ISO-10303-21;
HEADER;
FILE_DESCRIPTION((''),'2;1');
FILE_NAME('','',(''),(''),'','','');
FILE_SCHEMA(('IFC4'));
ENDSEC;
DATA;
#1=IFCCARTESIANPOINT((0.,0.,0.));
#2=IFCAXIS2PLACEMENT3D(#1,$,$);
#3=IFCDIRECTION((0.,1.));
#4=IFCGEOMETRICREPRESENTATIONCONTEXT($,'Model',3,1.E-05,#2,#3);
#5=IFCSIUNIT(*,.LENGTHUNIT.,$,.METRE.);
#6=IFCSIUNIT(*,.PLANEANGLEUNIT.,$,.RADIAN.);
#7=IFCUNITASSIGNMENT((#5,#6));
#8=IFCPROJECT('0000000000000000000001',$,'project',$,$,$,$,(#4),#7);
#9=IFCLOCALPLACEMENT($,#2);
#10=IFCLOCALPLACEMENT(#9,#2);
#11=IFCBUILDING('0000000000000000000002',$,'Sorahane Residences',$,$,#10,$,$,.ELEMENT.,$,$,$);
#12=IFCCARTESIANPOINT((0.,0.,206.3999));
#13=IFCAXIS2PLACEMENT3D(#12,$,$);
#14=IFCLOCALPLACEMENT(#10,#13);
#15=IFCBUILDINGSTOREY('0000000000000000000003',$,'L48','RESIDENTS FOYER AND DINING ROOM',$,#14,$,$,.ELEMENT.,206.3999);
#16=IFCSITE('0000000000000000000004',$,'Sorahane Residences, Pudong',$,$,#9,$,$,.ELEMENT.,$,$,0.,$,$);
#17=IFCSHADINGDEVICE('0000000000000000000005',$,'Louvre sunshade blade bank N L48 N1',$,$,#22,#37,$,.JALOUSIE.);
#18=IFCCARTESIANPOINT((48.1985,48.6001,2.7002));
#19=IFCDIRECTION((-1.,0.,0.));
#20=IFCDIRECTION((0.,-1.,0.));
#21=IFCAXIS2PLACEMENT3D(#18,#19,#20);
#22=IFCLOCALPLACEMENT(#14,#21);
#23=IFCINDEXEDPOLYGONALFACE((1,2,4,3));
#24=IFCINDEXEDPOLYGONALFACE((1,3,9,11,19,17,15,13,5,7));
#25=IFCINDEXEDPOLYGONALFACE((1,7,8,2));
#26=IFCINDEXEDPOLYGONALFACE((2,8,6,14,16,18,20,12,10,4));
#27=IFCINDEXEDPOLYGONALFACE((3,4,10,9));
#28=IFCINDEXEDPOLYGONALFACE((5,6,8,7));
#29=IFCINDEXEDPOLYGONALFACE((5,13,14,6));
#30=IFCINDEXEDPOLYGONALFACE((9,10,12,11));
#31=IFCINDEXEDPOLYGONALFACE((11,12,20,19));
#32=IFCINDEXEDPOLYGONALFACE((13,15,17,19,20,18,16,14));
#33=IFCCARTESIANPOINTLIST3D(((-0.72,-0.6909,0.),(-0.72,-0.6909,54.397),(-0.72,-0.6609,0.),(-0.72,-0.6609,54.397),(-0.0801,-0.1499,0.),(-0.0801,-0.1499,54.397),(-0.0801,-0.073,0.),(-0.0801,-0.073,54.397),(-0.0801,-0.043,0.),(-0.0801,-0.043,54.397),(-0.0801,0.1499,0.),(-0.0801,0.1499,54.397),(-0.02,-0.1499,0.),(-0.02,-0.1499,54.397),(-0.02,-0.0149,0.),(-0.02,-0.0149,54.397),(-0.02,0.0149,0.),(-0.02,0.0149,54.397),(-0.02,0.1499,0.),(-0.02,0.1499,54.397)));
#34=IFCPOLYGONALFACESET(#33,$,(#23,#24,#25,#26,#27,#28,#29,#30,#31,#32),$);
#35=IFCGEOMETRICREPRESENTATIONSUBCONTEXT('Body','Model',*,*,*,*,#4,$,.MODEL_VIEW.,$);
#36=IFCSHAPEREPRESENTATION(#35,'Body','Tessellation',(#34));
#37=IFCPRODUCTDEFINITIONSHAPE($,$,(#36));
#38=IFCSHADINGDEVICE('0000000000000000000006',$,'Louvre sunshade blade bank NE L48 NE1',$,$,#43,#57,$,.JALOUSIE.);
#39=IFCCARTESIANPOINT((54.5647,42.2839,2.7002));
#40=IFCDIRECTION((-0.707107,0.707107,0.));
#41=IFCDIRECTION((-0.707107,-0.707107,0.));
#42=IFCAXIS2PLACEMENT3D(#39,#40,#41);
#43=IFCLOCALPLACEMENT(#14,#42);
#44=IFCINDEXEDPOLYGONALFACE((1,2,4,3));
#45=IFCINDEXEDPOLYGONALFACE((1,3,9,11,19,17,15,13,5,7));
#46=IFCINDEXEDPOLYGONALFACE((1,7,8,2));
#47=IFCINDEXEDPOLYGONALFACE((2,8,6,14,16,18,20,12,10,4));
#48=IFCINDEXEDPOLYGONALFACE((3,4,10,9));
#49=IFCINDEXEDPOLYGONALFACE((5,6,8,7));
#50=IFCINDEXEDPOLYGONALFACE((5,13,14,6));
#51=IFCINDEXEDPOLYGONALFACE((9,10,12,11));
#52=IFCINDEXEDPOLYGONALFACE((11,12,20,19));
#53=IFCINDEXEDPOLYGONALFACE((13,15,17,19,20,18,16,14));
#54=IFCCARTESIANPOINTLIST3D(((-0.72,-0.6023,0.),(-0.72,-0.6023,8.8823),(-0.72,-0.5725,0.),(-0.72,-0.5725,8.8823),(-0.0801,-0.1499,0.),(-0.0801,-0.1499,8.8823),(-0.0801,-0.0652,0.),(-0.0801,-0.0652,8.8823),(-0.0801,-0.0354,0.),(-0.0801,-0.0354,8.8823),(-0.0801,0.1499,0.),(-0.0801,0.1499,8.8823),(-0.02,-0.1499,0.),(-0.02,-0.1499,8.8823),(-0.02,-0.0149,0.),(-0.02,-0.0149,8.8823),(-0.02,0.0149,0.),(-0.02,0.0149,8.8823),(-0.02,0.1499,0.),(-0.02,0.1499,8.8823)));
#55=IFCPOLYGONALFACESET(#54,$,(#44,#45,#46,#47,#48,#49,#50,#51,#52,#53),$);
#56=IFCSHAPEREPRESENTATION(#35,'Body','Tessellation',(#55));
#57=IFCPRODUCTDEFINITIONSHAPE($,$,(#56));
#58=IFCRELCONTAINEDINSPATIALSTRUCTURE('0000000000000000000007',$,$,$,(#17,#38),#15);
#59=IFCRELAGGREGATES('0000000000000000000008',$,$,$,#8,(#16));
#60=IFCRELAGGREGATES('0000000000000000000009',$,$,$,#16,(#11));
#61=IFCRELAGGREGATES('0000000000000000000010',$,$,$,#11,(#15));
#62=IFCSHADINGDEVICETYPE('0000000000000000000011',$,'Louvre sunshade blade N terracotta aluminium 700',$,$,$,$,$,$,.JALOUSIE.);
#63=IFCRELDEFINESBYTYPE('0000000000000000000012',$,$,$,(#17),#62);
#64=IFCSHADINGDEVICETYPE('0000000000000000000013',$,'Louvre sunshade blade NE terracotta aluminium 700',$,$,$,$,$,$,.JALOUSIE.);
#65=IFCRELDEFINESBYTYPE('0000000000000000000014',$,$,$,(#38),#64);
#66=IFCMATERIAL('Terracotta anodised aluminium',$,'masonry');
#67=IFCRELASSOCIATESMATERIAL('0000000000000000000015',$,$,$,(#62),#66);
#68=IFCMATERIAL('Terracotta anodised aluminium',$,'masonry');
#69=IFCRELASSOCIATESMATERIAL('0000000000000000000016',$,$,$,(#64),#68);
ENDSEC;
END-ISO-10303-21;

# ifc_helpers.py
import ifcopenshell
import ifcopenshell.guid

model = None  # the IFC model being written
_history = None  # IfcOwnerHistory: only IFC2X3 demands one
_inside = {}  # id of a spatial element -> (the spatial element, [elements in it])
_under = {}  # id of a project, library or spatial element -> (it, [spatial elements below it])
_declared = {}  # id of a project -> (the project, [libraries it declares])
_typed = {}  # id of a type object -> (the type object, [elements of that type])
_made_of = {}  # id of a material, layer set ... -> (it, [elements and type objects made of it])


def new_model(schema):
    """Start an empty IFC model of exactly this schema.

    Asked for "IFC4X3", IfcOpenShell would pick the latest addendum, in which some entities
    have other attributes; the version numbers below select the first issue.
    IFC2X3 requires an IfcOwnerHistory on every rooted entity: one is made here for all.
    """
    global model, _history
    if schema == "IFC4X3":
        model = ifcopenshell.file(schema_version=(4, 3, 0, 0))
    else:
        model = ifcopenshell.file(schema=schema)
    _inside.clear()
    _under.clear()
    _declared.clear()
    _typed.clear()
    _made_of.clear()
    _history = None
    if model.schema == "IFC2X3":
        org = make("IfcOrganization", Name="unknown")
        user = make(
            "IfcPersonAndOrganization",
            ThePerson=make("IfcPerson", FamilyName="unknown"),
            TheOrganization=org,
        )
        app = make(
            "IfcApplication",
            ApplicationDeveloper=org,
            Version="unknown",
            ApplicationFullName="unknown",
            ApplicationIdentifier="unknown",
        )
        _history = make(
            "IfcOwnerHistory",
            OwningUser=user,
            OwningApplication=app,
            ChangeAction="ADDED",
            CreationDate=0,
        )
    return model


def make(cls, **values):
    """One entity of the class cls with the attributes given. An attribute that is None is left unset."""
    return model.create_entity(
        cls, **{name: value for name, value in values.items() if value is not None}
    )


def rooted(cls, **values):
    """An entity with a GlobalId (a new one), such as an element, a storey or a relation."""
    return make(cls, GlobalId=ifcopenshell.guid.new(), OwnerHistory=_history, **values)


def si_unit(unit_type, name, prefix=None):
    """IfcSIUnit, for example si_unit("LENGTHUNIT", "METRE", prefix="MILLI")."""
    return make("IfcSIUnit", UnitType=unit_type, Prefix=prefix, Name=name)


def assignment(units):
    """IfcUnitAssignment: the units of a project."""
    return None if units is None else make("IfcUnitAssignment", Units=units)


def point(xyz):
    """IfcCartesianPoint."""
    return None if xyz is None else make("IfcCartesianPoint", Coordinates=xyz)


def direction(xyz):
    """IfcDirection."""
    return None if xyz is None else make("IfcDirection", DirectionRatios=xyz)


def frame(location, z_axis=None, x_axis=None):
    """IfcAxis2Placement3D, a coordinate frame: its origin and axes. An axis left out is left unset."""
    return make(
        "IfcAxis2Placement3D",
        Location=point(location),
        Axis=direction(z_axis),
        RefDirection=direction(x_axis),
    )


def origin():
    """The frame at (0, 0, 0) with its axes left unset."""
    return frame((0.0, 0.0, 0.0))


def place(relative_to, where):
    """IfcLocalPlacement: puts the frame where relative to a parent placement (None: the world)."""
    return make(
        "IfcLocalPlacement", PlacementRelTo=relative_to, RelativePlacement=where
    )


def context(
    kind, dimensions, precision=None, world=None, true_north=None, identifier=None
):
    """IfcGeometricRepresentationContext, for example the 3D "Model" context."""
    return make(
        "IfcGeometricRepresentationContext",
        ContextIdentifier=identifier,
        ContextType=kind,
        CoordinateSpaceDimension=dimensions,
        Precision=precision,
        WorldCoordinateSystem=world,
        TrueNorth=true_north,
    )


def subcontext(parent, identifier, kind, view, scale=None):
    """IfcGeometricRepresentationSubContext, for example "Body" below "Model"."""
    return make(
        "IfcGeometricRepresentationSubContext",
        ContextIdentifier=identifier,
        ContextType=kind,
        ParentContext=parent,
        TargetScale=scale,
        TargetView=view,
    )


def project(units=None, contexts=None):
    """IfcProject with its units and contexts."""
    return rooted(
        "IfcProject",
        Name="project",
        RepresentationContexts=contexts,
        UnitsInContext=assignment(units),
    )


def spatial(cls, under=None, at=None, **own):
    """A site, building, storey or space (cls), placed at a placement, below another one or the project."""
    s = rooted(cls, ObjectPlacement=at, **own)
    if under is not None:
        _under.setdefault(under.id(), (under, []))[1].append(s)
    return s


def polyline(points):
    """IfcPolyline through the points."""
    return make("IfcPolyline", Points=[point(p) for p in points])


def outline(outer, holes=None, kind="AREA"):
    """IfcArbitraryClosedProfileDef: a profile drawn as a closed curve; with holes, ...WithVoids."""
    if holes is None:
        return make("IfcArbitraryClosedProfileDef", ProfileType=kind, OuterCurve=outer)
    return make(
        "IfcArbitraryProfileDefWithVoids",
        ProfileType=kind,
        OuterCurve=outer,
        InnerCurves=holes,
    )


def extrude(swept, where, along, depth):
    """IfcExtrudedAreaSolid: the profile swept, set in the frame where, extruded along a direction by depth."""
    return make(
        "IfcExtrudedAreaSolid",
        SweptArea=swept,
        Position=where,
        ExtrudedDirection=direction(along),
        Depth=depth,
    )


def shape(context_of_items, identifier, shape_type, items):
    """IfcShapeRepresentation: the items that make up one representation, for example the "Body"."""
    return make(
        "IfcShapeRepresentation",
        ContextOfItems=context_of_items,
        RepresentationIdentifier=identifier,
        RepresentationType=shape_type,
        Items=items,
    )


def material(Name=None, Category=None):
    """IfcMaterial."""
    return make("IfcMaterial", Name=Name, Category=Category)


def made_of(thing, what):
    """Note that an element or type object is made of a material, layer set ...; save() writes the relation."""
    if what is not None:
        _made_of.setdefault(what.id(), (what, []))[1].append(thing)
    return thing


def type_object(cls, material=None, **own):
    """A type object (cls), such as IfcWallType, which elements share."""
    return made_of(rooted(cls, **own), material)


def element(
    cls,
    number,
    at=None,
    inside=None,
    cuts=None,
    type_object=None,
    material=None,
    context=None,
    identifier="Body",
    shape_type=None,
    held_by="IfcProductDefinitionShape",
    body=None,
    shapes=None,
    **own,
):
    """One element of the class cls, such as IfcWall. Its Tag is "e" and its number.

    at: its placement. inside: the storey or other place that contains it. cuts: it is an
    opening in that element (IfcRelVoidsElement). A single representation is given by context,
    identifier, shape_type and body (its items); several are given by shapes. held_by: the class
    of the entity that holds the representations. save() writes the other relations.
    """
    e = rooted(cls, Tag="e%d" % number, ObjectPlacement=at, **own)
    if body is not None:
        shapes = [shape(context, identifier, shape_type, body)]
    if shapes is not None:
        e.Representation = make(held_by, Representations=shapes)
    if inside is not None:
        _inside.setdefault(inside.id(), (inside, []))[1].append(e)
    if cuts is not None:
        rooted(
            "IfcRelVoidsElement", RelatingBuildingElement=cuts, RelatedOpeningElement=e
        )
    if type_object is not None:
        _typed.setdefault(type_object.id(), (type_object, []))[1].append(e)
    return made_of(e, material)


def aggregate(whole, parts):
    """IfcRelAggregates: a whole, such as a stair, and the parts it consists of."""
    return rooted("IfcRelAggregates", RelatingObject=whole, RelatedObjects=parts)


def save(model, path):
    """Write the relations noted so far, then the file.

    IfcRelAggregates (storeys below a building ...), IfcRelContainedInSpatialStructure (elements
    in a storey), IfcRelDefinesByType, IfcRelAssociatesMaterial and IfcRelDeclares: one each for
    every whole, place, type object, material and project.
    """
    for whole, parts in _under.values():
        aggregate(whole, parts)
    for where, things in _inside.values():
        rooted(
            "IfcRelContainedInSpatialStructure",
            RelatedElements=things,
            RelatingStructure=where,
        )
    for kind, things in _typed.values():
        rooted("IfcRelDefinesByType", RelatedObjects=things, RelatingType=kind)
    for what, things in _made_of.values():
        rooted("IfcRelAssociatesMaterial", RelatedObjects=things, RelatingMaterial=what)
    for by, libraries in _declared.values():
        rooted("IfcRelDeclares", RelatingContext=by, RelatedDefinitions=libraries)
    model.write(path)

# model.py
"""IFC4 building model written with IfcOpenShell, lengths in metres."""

from ifc_helpers import new_model, si_unit, direction, frame, origin, place, context, subcontext, project, spatial, polyline, outline, extrude, material, type_object, element, save


model = new_model("IFC4")

# Units and contexts
model_context = context("Model", 3, precision=1e-05, world=origin(), true_north=direction((0.0, 1.0)))
body_context = subcontext(model_context, "Body", "Model", "MODEL_VIEW")
ifc_project = project(units=[si_unit("LENGTHUNIT", "METRE"), si_unit("PLANEANGLEUNIT", "RADIAN")], contexts=[model_context])

# Site, building, storey
site_placement = place(None, origin())
site = spatial("IfcSite", under=ifc_project, at=site_placement, Name="Sorahane Residences, Pudong", CompositionType="ELEMENT", RefElevation=0.0)
building_placement = place(site_placement, origin())
building = spatial("IfcBuilding", under=site, at=building_placement, Name="Sorahane Residences", CompositionType="ELEMENT")
storey_placement = place(building_placement, frame((0.0, 0.0, 206.3999)))
storey = spatial("IfcBuildingStorey", under=building, at=storey_placement, Name="L48", Description="RESIDENTS FOYER AND DINING ROOM", CompositionType="ELEMENT", Elevation=206.3999)

# Shading devices
ifc_material_1 = material(Name="Terracotta anodised aluminium", Category="masonry")
shading_device_type_1 = type_object("IfcShadingDeviceType", Name="Louvre sunshade blade N terracotta aluminium 700", PredefinedType="JALOUSIE", material=ifc_material_1)
shading_device_1_placement = place(storey_placement, frame((48.1985, 48.6001, 2.7002), z_axis=(-1.0, 0.0, 0.0), x_axis=(0.0, -1.0, 0.0)))
element("IfcShadingDevice", 1, at=shading_device_1_placement, inside=storey, type_object=shading_device_type_1, Name="Louvre sunshade blade bank N L48 N1", PredefinedType="JALOUSIE", context=body_context, shape_type="SweptSolid", body=[
    extrude(outline(polyline([(-0.72, -0.6609), (-0.72, -0.6909), (-0.0801, -0.073), (-0.0801, -0.1499), (-0.02, -0.1499), (-0.02, -0.0149), (-0.02, 0.0149), (-0.02, 0.1499), (-0.0801, 0.1499), (-0.0801, -0.043), (-0.72, -0.6609)])), origin(), (0.0, 0.0, 1.0), 54.397),
])
ifc_material_2 = material(Name="Terracotta anodised aluminium", Category="masonry")
shading_device_type_2 = type_object("IfcShadingDeviceType", Name="Louvre sunshade blade NE terracotta aluminium 700", PredefinedType="JALOUSIE", material=ifc_material_2)
shading_device_2_placement = place(storey_placement, frame((54.5647, 42.2839, 2.7002), z_axis=(-0.707107, 0.707107, 0.0), x_axis=(-0.707107, -0.707107, 0.0)))
element("IfcShadingDevice", 2, at=shading_device_2_placement, inside=storey, type_object=shading_device_type_2, Name="Louvre sunshade blade bank NE L48 NE1", PredefinedType="JALOUSIE", context=body_context, shape_type="SweptSolid", body=[
    extrude(outline(polyline([(-0.72, -0.5725), (-0.72, -0.6023), (-0.0801, -0.0652), (-0.0801, -0.1499), (-0.02, -0.1499), (-0.02, -0.0149), (-0.02, 0.0149), (-0.02, 0.1499), (-0.0801, 0.1499), (-0.0801, -0.0354), (-0.72, -0.5725)])), origin(), (0.0, 0.0, 1.0), 8.8823),
])

save(model, "model.ifc")
